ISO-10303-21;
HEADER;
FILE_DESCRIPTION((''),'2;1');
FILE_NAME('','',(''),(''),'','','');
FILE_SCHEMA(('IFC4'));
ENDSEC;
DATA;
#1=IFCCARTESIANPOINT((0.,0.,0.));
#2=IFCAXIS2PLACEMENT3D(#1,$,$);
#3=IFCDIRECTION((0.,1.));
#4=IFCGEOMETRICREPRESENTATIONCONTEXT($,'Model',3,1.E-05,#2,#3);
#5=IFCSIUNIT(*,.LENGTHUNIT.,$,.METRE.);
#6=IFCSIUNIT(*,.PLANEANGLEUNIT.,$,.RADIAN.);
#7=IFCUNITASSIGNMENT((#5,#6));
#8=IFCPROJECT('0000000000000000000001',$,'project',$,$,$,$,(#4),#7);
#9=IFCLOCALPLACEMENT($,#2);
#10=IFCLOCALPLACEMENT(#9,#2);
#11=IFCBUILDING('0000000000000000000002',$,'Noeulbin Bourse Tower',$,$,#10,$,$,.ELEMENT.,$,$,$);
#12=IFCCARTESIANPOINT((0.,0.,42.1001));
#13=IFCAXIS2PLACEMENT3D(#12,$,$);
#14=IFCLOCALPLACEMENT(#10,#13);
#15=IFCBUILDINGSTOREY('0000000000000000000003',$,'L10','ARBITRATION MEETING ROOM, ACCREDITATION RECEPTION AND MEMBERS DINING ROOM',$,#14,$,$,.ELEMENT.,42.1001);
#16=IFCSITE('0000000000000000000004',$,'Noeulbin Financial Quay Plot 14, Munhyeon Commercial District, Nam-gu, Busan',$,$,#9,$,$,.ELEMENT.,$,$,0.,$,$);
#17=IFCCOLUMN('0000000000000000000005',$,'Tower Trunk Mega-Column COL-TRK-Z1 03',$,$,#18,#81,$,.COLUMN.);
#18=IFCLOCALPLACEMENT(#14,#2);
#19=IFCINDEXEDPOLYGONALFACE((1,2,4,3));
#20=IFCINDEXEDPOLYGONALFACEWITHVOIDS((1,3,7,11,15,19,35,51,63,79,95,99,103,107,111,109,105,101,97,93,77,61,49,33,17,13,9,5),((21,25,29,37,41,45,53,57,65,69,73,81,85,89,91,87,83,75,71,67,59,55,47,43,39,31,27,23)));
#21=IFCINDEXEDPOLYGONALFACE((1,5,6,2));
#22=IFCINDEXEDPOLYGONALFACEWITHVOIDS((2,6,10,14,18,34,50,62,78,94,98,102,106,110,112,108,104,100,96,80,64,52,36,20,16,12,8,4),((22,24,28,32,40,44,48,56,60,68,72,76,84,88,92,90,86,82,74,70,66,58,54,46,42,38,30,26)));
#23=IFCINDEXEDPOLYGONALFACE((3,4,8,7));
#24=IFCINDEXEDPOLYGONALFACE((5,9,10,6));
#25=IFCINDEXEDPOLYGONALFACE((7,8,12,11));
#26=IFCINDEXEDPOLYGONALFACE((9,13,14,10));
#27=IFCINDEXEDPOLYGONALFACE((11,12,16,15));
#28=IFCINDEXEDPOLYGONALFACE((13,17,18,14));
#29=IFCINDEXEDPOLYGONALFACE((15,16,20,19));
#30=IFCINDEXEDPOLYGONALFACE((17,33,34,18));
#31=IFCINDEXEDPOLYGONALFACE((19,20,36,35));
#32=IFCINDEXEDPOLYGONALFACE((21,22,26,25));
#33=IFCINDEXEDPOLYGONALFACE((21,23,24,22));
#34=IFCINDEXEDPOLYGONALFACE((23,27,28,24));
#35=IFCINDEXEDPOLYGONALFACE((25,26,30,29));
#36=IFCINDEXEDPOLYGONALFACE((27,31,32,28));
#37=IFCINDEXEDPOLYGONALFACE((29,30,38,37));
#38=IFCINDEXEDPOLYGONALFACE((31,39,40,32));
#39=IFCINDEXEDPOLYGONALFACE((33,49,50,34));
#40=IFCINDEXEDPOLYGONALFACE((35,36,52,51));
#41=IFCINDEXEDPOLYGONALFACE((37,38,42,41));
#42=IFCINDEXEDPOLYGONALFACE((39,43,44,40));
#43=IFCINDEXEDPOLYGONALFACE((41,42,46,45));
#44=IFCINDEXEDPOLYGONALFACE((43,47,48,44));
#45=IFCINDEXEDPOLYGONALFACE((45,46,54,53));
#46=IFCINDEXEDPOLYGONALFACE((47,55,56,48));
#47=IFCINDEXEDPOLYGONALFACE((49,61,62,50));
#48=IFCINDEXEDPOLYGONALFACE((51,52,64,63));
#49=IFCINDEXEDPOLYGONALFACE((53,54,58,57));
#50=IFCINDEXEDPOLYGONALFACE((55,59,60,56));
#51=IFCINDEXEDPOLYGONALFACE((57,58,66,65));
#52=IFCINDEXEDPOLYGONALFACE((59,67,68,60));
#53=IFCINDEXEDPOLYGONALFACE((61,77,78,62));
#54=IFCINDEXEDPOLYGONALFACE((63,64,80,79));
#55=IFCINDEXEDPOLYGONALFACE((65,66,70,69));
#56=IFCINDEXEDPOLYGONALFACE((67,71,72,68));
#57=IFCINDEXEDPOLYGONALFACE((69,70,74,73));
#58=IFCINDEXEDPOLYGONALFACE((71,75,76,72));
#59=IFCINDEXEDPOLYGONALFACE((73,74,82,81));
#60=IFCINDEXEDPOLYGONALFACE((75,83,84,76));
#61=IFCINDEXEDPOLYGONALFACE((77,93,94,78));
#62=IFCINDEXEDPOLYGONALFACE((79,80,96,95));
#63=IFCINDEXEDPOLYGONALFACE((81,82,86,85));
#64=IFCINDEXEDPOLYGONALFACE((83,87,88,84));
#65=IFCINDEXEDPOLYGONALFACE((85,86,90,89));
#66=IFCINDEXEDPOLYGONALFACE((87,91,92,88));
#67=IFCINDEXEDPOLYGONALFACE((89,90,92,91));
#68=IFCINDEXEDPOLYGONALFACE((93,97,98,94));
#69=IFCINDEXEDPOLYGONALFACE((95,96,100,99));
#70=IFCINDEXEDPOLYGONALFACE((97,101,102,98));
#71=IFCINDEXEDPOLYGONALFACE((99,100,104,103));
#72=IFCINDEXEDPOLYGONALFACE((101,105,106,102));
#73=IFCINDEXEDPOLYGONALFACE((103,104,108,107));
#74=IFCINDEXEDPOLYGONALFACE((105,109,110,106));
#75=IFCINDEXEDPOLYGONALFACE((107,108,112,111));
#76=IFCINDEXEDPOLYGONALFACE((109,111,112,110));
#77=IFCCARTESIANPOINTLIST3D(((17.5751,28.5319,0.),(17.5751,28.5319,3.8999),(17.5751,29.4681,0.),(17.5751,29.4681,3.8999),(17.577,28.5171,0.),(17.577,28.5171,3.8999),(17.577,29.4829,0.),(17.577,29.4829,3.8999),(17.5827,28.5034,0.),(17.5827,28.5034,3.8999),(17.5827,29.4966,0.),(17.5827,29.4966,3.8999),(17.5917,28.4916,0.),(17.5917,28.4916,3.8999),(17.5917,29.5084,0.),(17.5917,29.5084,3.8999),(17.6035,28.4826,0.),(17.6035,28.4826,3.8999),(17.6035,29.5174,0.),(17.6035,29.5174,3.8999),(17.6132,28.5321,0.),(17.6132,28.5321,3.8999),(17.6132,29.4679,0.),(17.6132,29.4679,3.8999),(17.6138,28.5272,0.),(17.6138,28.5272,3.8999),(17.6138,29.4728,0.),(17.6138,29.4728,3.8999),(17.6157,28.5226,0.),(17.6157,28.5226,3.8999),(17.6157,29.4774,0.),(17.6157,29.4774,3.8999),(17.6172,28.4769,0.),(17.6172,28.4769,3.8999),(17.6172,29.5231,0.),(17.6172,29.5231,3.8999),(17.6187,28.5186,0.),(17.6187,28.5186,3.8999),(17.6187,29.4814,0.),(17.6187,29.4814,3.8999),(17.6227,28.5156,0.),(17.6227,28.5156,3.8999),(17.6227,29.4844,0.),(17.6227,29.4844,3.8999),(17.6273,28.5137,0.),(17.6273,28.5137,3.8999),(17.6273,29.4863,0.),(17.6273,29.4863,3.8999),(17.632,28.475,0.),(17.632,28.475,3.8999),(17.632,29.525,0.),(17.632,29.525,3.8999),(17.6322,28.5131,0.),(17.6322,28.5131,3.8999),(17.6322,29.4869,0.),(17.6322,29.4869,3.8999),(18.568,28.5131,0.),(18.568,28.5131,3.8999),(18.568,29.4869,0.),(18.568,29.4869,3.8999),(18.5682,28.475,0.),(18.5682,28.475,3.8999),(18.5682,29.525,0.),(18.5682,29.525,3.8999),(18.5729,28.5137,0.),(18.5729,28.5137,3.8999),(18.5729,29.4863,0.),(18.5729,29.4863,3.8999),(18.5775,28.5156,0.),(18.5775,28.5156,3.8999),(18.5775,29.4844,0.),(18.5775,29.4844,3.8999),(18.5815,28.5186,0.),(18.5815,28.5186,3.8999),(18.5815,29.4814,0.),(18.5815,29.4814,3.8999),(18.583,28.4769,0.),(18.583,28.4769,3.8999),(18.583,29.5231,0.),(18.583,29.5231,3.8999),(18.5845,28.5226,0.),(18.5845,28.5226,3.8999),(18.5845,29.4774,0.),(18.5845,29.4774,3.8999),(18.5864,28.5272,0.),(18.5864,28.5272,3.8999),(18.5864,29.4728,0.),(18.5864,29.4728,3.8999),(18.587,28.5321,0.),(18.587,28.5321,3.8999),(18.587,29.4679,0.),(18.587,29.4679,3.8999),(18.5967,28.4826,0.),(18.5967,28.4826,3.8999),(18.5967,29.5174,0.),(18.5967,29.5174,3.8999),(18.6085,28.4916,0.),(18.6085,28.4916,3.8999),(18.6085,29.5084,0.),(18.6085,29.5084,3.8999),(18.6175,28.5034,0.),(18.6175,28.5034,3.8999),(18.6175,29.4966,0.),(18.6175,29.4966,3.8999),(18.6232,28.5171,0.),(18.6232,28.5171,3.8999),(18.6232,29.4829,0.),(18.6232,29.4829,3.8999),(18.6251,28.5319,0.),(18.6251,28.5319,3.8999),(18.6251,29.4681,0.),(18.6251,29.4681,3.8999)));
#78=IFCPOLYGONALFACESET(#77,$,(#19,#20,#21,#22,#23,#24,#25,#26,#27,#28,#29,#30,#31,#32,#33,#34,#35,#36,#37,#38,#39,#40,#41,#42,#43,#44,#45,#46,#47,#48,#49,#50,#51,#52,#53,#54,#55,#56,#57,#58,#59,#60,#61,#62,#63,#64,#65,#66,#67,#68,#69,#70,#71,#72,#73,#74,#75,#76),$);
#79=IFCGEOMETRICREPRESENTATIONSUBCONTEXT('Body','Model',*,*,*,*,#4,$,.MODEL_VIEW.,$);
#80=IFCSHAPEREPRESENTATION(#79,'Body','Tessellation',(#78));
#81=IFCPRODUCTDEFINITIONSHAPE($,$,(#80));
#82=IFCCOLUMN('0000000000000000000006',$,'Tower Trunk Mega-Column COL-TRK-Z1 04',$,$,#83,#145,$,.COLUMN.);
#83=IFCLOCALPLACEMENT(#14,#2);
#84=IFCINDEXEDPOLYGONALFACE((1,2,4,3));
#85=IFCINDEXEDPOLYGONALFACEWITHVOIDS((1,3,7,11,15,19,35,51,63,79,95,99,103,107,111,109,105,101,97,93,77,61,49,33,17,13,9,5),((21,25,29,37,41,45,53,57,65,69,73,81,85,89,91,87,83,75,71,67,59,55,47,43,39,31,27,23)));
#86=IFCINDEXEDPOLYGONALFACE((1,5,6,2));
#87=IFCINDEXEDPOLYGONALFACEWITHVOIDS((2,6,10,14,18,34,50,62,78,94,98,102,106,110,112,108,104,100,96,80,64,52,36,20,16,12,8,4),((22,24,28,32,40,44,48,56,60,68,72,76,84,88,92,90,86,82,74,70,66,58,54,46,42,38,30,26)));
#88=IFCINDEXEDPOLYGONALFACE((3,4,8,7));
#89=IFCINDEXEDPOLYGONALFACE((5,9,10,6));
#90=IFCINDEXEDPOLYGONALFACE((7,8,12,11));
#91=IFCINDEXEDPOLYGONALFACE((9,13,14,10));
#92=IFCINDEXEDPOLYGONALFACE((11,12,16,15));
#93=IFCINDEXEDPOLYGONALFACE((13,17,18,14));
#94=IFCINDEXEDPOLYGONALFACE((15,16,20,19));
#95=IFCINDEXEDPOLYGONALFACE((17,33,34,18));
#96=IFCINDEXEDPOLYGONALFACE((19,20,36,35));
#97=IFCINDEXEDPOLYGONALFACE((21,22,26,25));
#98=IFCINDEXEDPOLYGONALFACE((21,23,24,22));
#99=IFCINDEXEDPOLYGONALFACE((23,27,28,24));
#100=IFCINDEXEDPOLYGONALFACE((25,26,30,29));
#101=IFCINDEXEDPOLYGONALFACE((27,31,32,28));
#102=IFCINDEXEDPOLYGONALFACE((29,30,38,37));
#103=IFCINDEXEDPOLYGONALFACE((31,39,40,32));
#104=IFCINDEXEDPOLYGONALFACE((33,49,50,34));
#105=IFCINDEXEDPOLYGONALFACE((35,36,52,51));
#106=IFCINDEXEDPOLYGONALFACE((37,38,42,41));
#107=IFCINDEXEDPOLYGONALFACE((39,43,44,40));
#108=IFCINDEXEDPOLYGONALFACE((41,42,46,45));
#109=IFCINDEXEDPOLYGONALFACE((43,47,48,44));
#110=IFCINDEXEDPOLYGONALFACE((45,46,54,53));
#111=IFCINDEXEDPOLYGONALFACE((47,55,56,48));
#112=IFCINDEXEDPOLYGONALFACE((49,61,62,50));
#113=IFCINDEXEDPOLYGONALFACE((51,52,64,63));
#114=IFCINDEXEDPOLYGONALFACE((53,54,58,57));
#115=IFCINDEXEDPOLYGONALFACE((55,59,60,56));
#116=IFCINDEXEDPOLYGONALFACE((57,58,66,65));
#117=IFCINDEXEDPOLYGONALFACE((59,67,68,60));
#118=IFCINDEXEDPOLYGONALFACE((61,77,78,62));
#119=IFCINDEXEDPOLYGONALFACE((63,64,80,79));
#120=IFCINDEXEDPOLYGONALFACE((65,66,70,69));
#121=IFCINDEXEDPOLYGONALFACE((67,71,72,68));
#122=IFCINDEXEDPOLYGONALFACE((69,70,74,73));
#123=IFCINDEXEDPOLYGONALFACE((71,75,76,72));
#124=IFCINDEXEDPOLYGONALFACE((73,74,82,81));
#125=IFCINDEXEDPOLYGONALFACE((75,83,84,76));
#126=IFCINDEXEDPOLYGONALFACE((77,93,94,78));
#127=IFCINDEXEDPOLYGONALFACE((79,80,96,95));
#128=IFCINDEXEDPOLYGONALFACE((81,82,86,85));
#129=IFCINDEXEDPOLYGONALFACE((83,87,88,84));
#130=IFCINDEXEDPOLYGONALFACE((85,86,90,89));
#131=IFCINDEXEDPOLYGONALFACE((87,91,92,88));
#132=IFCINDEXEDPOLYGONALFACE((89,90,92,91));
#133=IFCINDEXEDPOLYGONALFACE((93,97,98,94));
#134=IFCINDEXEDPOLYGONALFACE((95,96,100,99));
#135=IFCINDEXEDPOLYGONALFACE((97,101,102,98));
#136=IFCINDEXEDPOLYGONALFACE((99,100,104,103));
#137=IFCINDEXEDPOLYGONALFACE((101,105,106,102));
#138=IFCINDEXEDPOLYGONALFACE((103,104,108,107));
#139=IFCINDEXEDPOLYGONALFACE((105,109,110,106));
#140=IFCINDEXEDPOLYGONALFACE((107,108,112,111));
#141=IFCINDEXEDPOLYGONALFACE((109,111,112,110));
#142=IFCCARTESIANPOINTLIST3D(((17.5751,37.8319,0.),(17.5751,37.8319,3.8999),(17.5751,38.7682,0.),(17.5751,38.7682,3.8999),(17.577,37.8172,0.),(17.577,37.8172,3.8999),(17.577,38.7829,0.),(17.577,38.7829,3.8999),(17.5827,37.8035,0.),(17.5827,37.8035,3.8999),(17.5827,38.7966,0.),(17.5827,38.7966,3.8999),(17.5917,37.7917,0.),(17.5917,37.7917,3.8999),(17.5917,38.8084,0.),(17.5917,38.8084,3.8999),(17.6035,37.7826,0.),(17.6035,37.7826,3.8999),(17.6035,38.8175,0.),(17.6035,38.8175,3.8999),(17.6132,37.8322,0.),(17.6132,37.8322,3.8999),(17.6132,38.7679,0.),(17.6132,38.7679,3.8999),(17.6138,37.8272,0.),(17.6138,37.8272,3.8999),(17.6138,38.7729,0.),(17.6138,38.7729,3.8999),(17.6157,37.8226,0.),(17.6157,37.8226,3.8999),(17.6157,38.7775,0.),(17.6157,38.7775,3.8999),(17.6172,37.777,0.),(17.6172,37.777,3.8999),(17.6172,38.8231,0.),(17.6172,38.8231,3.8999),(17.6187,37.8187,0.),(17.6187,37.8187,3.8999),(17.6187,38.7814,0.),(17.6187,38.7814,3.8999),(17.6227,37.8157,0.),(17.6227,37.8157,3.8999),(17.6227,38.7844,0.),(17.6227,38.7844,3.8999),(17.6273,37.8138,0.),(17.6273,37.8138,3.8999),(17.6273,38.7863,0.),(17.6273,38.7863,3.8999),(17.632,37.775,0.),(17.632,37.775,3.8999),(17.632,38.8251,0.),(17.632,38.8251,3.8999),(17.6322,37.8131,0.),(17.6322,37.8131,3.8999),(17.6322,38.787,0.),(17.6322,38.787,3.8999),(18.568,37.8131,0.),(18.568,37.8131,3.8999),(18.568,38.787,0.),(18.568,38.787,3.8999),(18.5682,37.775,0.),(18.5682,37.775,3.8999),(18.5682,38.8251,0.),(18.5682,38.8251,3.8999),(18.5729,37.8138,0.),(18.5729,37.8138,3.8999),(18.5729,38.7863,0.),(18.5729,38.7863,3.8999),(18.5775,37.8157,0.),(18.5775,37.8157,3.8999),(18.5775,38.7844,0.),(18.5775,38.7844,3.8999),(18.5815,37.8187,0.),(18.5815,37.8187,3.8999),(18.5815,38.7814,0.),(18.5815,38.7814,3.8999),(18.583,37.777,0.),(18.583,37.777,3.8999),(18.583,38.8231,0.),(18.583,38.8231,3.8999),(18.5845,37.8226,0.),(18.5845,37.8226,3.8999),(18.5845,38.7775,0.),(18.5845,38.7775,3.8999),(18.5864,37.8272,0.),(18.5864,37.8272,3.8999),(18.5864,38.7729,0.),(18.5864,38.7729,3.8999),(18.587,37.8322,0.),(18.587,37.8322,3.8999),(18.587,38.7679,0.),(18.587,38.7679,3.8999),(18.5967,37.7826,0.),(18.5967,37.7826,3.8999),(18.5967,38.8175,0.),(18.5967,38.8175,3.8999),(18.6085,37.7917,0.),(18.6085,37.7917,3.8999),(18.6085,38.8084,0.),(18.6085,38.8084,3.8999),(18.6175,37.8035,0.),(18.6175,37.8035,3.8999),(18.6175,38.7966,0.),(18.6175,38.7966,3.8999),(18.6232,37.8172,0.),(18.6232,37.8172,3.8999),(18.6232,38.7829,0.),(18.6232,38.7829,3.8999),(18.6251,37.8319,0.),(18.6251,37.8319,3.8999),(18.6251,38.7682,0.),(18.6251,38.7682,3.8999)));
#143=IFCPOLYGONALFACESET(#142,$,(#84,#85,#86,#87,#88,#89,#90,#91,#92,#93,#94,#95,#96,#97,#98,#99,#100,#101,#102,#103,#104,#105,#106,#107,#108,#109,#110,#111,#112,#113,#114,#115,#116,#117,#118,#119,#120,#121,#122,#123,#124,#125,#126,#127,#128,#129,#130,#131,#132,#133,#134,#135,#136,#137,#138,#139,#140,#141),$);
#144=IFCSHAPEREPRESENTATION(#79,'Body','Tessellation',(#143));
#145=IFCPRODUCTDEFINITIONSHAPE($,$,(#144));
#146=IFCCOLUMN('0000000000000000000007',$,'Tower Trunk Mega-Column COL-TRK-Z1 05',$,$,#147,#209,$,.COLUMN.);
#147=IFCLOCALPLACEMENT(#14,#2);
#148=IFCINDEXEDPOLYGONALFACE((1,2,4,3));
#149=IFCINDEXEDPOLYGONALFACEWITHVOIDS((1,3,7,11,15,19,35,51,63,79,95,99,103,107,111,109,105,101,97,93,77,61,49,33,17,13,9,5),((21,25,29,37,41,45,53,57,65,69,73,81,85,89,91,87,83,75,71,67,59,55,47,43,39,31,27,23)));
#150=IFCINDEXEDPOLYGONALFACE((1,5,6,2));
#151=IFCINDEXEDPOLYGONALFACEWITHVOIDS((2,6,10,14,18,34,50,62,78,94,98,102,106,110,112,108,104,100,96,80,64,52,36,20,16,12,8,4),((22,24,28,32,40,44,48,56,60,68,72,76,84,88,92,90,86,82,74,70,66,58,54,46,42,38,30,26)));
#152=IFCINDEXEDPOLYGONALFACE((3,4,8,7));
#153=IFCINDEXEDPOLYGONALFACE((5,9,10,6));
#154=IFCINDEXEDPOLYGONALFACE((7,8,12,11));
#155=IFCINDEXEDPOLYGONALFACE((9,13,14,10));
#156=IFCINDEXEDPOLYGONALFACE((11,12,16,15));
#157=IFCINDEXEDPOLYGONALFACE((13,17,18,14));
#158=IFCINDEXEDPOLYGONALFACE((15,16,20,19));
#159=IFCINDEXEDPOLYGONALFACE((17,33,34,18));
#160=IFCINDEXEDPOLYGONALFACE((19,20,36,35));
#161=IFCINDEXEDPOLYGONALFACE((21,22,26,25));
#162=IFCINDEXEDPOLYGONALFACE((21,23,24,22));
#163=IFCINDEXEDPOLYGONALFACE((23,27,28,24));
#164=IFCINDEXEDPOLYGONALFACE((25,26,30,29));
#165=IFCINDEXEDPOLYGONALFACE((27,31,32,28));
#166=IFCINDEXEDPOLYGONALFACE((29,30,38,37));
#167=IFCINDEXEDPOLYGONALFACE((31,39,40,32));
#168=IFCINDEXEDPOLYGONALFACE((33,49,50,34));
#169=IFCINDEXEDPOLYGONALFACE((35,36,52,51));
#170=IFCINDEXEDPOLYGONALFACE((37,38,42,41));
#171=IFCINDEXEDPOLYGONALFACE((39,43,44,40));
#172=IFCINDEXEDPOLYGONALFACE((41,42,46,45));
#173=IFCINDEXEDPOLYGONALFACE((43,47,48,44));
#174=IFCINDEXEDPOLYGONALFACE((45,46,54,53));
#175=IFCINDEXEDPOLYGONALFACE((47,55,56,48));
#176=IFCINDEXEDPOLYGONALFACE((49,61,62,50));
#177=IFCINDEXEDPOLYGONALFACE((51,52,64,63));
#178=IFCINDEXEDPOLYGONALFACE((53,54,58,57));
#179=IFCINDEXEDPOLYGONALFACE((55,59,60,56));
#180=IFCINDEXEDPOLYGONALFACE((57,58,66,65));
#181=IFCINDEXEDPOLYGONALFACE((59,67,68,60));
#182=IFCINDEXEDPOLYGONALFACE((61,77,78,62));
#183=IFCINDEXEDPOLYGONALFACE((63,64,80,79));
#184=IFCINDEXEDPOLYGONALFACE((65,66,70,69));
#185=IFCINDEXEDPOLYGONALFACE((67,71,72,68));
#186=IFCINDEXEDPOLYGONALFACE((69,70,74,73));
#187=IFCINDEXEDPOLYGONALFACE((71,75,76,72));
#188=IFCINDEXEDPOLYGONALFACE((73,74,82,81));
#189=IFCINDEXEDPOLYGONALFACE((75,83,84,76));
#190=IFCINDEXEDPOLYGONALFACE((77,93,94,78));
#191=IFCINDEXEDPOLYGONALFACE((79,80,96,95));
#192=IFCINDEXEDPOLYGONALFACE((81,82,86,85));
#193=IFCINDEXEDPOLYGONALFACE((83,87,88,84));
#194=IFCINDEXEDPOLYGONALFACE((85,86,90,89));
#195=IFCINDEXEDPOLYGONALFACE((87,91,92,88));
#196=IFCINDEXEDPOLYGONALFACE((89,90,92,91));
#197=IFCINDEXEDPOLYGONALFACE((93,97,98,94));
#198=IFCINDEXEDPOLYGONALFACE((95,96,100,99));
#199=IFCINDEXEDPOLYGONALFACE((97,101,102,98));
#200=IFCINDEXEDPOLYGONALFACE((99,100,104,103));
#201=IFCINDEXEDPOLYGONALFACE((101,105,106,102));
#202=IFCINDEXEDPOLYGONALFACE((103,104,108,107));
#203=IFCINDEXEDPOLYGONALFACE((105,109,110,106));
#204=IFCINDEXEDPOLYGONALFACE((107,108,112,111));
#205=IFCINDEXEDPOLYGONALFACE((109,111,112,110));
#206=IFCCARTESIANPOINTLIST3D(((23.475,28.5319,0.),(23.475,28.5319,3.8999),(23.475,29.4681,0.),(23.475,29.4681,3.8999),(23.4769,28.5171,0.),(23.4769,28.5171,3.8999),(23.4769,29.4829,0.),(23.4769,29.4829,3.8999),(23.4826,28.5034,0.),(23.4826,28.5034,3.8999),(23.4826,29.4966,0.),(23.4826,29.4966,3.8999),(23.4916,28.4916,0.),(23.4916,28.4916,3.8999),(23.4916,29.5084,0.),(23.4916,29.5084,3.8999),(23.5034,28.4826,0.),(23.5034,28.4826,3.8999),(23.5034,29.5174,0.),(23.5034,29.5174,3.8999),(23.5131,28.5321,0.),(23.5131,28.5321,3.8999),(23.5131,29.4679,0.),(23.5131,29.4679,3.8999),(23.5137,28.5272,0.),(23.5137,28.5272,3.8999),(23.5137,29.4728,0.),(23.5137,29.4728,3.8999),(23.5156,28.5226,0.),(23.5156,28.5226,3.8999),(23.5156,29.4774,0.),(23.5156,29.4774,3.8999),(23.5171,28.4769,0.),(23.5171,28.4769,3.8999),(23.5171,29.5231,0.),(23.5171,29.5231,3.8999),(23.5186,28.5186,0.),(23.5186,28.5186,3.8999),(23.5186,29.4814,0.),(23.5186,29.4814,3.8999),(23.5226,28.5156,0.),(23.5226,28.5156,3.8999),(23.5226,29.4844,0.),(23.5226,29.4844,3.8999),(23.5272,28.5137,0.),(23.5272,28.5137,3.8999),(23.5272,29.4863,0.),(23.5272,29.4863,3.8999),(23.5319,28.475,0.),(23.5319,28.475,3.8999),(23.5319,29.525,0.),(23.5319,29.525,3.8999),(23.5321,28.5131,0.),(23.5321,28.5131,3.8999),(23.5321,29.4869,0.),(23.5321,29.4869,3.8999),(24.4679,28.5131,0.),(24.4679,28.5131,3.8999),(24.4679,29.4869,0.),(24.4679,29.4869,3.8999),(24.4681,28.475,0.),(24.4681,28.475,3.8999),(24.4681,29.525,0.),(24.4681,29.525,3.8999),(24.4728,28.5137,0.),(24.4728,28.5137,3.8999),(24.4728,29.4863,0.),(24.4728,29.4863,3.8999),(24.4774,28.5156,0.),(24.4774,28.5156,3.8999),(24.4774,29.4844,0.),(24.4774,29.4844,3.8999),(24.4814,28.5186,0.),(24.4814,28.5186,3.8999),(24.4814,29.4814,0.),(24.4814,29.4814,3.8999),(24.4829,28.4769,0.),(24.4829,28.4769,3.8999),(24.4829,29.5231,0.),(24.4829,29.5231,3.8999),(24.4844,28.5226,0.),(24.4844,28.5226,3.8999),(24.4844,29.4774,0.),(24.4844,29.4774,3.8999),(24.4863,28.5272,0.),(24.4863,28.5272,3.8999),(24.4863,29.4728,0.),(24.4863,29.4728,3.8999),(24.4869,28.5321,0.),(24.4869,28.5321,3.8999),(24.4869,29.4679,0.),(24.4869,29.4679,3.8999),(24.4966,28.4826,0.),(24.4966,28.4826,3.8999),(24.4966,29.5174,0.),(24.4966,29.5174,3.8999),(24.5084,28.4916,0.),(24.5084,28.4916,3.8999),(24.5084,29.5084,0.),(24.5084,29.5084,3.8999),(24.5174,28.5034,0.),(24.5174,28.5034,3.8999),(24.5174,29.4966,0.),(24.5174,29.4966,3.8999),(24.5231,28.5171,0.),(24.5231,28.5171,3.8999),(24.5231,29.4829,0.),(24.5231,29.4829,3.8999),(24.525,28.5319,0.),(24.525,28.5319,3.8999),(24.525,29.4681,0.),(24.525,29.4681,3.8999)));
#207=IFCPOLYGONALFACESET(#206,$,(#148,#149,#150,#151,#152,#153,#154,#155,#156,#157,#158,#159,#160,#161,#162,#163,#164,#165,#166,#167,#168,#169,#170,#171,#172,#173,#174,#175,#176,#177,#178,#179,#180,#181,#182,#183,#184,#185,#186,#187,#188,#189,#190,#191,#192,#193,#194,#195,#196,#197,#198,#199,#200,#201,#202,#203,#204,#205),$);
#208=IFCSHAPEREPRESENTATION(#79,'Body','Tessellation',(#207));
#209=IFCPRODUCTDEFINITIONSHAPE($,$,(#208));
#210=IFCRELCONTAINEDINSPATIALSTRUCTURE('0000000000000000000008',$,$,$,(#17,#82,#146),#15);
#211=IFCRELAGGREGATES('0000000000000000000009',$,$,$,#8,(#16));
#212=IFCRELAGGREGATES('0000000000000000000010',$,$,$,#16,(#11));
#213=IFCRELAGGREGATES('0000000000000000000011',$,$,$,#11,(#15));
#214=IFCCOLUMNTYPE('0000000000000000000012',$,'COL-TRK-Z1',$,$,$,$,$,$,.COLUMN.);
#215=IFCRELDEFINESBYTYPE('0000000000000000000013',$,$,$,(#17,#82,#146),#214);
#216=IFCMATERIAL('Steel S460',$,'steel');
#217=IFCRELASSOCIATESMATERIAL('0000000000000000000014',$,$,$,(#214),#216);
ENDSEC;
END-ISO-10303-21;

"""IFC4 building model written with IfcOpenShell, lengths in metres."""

from ifc_helpers import new_model, si_unit, direction, frame, origin, origin_2d, place, context, subcontext, project, spatial, hollow_rectangle, extrude, material, material_profile, profile_set, type_object, element, save


model = new_model("IFC4")

# Units and contexts
model_context = context("Model", 3, precision=1e-05, world=origin(), true_north=direction((0.0, 1.0)))
body_context = subcontext(model_context, "Body", "Model", "MODEL_VIEW")
ifc_project = project(units=[si_unit("LENGTHUNIT", "METRE"), si_unit("PLANEANGLEUNIT", "RADIAN")], contexts=[model_context])

# Site, building, storey
site_placement = place(None, origin())
site = spatial("IfcSite", under=ifc_project, at=site_placement, Name="Noeulbin Financial Quay Plot 14, Munhyeon Commercial District, Nam-gu, Busan", CompositionType="ELEMENT", RefElevation=0.0)
building_placement = place(site_placement, origin())
building = spatial("IfcBuilding", under=site, at=building_placement, Name="Noeulbin Bourse Tower", CompositionType="ELEMENT")
storey_placement = place(building_placement, frame((0.0, 0.0, 42.1001)))
storey = spatial("IfcBuildingStorey", under=building, at=storey_placement, Name="L10", Description="ARBITRATION MEETING ROOM, ACCREDITATION RECEPTION AND MEMBERS DINING ROOM", CompositionType="ELEMENT", Elevation=42.1001)

# Columns
ifc_material_1 = material(Name="Steel S460", Category="steel")
ifc_material_profile_1 = material_profile(ifc_material_1, hollow_rectangle(XDim=1.05, YDim=1.05, WallThickness=0.0381, InnerFilletRadius=0.019, OuterFilletRadius=0.0569, at=origin_2d()), Name="BOX-1050x1050x38", Category="LoadBearing")
ifc_profile_set_1 = profile_set([ifc_material_profile_1], Name="Steel S460")
column_type = type_object("IfcColumnType", Name="COL-TRK-Z1", PredefinedType="COLUMN", material=ifc_profile_set_1)
for number, where, z_axis, x_axis, name in (
    (1, (18.1001, 29.0, 0.0), (0.0, 0.0, 1.0), (1.0, 0.0, 0.0), "Tower Trunk Mega-Column COL-TRK-Z1 03"),
    (2, (18.1001, 38.3, 0.0), (0.0, 0.0, 1.0), (1.0, 0.0, 0.0), "Tower Trunk Mega-Column COL-TRK-Z1 04"),
    (3, (24.0, 29.0, 0.0), (0.0, 0.0, 1.0), (1.0, 0.0, 0.0), "Tower Trunk Mega-Column COL-TRK-Z1 05"),
):
    element("IfcColumn", number, at=place(storey_placement, frame(where, z_axis=z_axis, x_axis=x_axis)), inside=storey, type_object=column_type, Name=name, PredefinedType="COLUMN", context=body_context, shape_type="SweptSolid", body=[
        extrude(hollow_rectangle(XDim=1.05, YDim=1.05, WallThickness=0.0381, InnerFilletRadius=0.019, OuterFilletRadius=0.0569, at=origin_2d()), origin(), (0.0, 0.0, 1.0), 3.8999),
    ])

save(model, "model.ifc")
